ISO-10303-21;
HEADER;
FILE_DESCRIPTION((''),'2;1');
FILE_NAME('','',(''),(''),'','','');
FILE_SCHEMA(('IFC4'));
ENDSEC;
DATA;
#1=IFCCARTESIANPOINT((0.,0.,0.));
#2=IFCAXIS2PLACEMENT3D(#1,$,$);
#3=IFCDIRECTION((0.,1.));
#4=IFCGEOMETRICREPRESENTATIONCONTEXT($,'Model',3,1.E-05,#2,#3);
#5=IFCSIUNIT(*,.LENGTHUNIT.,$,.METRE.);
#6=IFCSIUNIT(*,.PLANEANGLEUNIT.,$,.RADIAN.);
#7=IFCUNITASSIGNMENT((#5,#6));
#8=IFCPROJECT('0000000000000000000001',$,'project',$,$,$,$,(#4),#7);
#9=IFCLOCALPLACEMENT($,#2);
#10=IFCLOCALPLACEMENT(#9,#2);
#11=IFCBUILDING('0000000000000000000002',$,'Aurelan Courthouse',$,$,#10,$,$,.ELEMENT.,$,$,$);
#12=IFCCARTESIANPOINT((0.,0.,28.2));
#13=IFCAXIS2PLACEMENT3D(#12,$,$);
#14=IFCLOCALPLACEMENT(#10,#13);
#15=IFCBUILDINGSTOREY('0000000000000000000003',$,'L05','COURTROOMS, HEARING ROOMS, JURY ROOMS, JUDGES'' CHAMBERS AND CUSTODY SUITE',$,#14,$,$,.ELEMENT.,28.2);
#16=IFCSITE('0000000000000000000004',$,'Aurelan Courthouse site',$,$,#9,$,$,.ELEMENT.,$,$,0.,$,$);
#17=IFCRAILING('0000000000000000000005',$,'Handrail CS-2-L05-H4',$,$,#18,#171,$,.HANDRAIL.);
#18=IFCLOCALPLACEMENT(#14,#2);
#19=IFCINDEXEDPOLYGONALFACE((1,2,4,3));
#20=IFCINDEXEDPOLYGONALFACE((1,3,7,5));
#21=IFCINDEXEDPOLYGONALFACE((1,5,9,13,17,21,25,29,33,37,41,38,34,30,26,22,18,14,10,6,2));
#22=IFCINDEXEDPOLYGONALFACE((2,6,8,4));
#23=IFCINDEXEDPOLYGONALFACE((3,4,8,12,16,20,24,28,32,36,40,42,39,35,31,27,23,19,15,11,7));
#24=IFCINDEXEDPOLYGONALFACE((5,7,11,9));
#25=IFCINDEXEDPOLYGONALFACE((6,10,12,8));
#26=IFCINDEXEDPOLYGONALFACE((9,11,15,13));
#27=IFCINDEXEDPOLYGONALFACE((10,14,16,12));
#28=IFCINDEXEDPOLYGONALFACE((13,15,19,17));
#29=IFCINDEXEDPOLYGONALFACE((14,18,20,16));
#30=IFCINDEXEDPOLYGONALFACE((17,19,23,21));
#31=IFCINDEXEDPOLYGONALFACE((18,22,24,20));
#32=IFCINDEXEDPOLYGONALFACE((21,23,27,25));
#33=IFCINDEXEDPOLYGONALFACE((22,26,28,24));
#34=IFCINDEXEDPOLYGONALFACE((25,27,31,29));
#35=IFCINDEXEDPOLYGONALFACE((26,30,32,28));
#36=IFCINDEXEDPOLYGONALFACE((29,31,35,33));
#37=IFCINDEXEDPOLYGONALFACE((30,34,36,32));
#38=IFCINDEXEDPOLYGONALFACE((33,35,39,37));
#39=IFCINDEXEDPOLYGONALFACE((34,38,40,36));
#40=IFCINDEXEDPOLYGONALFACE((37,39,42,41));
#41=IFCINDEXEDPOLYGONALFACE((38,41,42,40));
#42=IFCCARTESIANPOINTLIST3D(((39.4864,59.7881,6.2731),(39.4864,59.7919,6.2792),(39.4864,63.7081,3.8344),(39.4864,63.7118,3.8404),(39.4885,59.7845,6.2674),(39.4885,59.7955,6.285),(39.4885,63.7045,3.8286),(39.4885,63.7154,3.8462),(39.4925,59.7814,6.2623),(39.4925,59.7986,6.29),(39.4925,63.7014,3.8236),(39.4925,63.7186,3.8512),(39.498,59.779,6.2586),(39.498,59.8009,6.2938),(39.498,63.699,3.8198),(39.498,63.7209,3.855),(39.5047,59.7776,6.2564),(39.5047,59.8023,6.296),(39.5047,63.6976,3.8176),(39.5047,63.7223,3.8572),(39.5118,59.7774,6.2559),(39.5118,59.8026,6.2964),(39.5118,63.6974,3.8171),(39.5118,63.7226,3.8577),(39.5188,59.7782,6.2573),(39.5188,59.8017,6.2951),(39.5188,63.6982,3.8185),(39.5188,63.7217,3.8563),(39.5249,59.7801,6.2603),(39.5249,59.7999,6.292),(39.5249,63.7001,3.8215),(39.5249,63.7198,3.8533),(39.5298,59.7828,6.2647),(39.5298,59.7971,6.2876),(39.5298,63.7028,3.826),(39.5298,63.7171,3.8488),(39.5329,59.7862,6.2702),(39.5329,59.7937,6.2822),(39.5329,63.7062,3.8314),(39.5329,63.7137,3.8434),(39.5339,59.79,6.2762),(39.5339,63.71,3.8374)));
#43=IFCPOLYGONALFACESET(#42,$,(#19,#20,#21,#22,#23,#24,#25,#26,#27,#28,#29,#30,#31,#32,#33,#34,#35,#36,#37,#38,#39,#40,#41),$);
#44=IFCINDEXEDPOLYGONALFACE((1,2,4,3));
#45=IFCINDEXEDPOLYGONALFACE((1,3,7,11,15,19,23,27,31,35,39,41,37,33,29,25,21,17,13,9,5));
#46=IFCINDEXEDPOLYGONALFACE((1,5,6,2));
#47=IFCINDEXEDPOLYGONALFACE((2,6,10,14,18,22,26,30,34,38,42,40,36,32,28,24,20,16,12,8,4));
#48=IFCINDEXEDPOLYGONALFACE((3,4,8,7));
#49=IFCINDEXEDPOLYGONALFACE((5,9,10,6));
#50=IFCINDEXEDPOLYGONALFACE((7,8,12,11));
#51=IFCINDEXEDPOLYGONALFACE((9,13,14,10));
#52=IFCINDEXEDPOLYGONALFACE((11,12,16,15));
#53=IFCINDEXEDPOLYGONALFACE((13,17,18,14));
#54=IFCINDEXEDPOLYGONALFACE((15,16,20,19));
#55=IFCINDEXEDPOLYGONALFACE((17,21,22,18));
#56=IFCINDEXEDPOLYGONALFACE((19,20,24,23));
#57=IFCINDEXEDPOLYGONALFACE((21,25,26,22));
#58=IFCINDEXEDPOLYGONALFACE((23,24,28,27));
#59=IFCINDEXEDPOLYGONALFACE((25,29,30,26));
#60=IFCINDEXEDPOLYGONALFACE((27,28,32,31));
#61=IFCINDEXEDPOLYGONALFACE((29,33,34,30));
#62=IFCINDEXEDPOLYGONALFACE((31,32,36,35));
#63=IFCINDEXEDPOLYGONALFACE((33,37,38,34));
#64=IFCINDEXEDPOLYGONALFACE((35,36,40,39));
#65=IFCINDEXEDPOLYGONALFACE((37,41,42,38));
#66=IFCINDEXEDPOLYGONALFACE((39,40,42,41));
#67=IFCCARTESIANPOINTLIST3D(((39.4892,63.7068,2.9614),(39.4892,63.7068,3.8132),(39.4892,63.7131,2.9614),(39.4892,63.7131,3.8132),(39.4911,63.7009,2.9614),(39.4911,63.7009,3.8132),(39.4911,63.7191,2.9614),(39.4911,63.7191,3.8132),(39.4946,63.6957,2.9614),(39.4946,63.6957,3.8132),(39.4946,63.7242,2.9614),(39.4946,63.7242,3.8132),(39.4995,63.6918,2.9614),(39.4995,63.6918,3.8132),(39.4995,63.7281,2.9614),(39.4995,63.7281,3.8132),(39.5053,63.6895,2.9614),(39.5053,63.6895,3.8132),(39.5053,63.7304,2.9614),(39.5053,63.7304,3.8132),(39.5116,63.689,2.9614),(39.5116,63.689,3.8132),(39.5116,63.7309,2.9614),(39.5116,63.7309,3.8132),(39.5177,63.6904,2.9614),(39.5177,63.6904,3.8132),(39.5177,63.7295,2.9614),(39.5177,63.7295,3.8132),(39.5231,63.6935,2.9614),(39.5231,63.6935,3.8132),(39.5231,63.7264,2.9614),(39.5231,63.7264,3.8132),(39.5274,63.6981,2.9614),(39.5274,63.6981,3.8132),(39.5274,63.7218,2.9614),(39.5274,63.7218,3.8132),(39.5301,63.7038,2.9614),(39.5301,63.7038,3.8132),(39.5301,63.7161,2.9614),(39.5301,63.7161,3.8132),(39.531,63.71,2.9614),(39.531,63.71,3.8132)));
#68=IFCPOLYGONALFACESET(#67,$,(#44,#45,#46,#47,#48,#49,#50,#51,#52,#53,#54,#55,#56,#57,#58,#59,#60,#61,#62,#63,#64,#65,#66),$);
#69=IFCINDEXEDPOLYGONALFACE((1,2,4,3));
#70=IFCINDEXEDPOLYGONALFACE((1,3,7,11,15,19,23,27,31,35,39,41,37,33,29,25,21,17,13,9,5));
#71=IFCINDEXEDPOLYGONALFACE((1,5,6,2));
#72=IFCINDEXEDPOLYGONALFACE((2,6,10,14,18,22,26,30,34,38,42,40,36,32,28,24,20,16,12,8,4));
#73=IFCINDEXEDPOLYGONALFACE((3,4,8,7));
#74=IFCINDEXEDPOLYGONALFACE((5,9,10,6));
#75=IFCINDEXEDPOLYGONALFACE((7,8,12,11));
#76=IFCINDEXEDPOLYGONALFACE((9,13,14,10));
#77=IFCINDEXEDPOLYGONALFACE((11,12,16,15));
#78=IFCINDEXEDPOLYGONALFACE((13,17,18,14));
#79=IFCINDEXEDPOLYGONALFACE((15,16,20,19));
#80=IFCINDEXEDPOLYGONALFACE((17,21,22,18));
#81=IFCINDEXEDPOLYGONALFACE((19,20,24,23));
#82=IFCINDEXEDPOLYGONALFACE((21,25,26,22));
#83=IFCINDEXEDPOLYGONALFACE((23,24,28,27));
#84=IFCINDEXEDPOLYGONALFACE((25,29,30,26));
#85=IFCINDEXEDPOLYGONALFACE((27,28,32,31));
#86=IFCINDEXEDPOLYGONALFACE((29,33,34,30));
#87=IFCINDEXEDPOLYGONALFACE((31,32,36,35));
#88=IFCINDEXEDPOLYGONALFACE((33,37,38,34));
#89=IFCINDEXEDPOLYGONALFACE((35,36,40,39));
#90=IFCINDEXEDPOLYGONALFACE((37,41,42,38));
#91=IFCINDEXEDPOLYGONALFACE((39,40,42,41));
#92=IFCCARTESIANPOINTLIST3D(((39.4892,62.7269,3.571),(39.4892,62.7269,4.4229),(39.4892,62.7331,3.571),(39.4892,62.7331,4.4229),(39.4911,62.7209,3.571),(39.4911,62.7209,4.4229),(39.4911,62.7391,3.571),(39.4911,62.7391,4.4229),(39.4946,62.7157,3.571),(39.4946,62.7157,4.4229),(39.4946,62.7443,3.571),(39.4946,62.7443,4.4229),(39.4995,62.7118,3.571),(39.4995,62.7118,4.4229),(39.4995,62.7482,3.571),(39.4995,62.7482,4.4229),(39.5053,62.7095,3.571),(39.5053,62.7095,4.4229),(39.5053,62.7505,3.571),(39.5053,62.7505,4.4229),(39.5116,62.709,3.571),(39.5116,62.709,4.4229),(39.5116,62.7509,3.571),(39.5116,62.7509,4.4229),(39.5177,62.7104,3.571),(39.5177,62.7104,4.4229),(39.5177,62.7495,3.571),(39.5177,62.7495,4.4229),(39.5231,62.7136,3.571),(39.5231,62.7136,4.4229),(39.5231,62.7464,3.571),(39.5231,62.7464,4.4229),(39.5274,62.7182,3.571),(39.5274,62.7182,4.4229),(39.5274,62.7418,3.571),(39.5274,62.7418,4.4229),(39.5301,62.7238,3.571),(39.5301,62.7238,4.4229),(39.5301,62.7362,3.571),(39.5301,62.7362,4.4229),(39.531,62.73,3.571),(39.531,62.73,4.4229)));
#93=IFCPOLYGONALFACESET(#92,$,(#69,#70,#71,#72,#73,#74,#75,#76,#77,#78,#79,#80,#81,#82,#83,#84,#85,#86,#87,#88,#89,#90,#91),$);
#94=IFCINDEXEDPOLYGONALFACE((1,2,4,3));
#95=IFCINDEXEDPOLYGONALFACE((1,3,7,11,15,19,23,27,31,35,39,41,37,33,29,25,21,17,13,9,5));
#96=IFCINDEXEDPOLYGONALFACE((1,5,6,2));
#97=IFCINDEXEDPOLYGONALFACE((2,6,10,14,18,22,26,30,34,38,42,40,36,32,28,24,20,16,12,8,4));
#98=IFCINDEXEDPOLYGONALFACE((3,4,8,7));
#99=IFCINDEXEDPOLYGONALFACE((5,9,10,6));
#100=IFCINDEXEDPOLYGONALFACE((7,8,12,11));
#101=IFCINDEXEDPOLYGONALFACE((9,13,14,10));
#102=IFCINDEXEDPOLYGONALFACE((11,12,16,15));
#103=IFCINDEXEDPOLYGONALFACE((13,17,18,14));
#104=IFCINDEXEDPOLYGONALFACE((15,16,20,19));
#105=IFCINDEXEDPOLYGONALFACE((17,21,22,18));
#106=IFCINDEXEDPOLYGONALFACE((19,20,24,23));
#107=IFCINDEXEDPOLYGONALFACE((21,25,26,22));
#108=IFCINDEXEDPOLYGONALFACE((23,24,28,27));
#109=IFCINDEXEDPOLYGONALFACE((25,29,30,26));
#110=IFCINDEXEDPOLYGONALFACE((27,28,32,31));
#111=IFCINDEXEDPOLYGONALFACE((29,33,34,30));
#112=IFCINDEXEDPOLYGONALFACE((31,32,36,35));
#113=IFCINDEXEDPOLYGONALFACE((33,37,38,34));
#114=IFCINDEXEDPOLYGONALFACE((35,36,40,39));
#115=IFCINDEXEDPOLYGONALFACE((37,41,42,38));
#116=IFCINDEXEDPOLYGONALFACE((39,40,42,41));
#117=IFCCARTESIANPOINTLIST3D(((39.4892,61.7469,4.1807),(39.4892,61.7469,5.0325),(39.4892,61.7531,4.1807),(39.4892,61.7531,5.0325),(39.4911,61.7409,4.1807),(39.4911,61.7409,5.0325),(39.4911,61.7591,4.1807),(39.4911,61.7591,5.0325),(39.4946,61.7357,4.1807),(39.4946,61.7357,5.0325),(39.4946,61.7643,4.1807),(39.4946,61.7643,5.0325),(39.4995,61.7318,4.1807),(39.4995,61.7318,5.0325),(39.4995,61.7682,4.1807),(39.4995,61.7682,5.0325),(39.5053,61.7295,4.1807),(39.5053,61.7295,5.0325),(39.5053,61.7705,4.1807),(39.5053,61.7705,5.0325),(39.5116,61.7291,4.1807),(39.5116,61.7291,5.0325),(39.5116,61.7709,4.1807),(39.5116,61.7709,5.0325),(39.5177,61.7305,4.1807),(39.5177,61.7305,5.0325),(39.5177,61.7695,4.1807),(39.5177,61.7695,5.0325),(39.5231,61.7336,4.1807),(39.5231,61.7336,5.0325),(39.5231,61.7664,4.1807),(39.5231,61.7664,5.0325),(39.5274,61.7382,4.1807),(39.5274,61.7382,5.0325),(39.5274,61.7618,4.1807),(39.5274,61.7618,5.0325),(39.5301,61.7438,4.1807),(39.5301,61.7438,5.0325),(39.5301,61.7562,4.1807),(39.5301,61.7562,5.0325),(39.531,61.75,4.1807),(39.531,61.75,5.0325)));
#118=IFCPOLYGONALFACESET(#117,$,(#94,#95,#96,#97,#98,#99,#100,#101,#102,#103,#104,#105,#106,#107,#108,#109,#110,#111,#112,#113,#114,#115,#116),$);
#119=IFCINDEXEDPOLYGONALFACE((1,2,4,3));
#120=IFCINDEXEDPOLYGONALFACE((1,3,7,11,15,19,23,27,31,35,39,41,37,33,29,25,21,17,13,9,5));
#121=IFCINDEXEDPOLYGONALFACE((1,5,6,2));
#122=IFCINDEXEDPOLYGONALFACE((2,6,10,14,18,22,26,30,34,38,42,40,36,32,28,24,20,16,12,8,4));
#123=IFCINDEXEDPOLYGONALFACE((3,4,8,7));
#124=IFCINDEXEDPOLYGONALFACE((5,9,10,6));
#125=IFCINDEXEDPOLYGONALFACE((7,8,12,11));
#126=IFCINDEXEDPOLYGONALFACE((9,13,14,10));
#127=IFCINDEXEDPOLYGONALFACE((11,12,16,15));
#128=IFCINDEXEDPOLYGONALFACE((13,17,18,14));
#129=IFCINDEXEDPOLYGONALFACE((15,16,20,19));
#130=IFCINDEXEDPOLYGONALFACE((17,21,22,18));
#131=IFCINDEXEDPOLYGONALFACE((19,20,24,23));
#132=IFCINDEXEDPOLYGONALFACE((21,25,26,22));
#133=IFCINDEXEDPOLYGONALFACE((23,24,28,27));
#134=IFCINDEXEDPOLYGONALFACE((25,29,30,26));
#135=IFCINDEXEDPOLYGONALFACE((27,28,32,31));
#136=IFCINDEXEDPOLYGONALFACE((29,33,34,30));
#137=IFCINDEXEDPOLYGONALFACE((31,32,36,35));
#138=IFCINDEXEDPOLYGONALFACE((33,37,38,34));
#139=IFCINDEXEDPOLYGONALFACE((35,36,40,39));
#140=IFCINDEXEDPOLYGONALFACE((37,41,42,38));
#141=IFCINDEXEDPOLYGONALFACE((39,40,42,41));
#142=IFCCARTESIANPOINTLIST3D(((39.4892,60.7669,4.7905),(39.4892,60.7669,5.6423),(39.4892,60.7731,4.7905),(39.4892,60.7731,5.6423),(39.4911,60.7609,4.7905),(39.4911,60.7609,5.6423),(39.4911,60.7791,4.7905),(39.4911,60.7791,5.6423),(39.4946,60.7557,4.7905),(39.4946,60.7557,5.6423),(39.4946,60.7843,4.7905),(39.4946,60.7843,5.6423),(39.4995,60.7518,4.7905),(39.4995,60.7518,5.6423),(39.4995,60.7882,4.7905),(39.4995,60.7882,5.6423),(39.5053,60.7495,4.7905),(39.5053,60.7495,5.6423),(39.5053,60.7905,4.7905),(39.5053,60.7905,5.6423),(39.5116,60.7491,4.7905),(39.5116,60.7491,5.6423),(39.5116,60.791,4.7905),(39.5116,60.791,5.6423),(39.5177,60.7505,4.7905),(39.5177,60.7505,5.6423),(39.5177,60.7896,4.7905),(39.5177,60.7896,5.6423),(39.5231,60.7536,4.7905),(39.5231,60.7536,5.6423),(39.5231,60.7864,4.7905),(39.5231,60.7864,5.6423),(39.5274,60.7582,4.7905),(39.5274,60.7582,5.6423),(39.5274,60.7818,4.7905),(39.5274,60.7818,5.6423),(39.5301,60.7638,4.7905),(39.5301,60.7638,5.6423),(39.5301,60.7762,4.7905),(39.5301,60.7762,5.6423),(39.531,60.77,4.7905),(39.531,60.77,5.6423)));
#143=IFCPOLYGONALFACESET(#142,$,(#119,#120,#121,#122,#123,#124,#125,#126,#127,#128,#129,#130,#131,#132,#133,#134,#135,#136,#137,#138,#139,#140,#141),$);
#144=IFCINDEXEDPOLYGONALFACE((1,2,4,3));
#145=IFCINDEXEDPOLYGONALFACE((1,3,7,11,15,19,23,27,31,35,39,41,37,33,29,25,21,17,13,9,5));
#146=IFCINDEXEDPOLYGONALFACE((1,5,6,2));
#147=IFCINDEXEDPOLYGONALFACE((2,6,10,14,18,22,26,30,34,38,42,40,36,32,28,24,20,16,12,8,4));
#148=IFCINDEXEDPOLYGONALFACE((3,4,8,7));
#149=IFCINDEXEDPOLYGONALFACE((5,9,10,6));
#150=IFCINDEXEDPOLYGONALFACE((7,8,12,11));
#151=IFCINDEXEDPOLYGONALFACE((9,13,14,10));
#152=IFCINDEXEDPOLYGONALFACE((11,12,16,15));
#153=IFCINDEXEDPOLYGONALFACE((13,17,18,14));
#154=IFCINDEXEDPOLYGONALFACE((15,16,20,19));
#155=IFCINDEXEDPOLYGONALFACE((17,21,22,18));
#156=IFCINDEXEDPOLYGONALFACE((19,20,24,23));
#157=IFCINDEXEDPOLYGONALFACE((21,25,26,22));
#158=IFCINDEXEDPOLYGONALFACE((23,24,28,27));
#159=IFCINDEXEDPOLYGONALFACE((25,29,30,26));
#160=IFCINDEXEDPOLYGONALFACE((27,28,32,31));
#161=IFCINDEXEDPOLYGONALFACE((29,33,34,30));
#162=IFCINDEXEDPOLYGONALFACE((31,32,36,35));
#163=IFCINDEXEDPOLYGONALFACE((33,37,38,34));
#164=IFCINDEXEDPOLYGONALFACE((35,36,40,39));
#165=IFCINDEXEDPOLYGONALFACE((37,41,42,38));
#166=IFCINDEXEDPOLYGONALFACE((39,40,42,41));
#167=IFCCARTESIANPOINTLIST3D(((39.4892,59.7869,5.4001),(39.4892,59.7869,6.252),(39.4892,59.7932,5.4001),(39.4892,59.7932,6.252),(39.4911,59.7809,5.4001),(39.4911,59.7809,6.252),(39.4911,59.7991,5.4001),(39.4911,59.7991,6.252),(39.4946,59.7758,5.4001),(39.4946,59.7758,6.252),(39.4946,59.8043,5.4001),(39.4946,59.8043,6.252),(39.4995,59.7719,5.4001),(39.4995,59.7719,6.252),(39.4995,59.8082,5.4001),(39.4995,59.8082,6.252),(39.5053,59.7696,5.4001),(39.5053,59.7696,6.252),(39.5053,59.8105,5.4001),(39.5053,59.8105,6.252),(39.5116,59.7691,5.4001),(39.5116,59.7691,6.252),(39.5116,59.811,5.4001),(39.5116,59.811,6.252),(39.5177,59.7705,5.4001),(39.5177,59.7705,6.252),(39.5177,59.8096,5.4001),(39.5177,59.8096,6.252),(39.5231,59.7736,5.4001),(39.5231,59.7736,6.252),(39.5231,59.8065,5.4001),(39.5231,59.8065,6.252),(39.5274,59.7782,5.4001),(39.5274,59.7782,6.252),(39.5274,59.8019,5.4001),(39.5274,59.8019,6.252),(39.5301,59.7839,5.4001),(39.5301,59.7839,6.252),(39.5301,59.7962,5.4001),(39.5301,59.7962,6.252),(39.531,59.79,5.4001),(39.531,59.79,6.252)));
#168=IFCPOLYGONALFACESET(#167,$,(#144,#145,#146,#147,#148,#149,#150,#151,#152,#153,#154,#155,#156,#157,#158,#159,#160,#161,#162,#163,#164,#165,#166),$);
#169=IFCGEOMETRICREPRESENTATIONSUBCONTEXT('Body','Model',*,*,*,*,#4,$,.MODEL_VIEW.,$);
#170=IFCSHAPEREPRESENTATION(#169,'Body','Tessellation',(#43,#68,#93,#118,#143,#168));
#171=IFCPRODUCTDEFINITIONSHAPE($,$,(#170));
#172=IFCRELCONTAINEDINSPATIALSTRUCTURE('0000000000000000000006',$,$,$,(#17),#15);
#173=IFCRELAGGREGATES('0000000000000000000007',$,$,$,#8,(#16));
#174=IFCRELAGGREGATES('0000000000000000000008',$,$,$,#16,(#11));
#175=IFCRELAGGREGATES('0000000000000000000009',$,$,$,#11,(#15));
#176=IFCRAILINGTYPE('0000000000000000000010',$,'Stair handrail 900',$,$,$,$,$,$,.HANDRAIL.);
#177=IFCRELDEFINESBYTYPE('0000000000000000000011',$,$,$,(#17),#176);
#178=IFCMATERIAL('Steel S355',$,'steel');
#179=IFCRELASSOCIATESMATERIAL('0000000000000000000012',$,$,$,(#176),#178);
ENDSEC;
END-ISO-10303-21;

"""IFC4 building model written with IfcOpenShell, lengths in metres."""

from ifc_helpers import new_model, si_unit, direction, frame, origin, origin_2d, place, context, subcontext, project, spatial, circle, extrude, material, type_object, element, save


model = new_model("IFC4")

# Units and contexts
model_context = context("Model", 3, precision=1e-05, world=origin(), true_north=direction((0.0, 1.0)))
body_context = subcontext(model_context, "Body", "Model", "MODEL_VIEW")
ifc_project = project(units=[si_unit("LENGTHUNIT", "METRE"), si_unit("PLANEANGLEUNIT", "RADIAN")], contexts=[model_context])

# Site, building, storey
site_placement = place(None, origin())
site = spatial("IfcSite", under=ifc_project, at=site_placement, Name="Aurelan Courthouse site", CompositionType="ELEMENT", RefElevation=0.0)
building_placement = place(site_placement, origin())
building = spatial("IfcBuilding", under=site, at=building_placement, Name="Aurelan Courthouse", CompositionType="ELEMENT")
storey_placement = place(building_placement, frame((0.0, 0.0, 28.2)))
storey = spatial("IfcBuildingStorey", under=building, at=storey_placement, Name="L05", Description="COURTROOMS, HEARING ROOMS, JURY ROOMS, JUDGES' CHAMBERS AND CUSTODY SUITE", CompositionType="ELEMENT", Elevation=28.2)

# Railing
ifc_material_1 = material(Name="Steel S355", Category="steel")
railing_type_1 = type_object("IfcRailingType", Name="Stair handrail 900", PredefinedType="HANDRAIL", material=ifc_material_1)
for number, where, name in (
    (1, (39.51, 63.71, 2.9614), "Handrail CS-2-L05-H4"),
):
    element("IfcRailing", number, at=place(storey_placement, frame(where)), inside=storey, type_object=railing_type_1, Name=name, PredefinedType="HANDRAIL", context=body_context, shape_type="SweptSolid", body=[
        extrude(circle(Radius=0.0239, at=origin_2d()), frame((0.0, 0.0, 0.876), z_axis=(0.0, -0.84909, 0.528249), x_axis=(1.0, 0.0, 0.0)), (0.0, 0.0, 1.0), 4.6167),
        extrude(circle(Radius=0.021, at=origin_2d()), origin(), (0.0, 0.0, 1.0), 0.8518),
        extrude(circle(Radius=0.021, at=origin_2d()), frame((0.0, -0.98, 0.6096)), (0.0, 0.0, 1.0), 0.8518),
        extrude(circle(Radius=0.021, at=origin_2d()), frame((0.0, -1.96, 1.2192)), (0.0, 0.0, 1.0), 0.8518),
        extrude(circle(Radius=0.021, at=origin_2d()), frame((0.0, -2.9399, 1.8291)), (0.0, 0.0, 1.0), 0.8518),
        extrude(circle(Radius=0.021, at=origin_2d()), frame((0.0, -3.9199, 2.4387)), (0.0, 0.0, 1.0), 0.8518),
    ])

save(model, "model.ifc")
